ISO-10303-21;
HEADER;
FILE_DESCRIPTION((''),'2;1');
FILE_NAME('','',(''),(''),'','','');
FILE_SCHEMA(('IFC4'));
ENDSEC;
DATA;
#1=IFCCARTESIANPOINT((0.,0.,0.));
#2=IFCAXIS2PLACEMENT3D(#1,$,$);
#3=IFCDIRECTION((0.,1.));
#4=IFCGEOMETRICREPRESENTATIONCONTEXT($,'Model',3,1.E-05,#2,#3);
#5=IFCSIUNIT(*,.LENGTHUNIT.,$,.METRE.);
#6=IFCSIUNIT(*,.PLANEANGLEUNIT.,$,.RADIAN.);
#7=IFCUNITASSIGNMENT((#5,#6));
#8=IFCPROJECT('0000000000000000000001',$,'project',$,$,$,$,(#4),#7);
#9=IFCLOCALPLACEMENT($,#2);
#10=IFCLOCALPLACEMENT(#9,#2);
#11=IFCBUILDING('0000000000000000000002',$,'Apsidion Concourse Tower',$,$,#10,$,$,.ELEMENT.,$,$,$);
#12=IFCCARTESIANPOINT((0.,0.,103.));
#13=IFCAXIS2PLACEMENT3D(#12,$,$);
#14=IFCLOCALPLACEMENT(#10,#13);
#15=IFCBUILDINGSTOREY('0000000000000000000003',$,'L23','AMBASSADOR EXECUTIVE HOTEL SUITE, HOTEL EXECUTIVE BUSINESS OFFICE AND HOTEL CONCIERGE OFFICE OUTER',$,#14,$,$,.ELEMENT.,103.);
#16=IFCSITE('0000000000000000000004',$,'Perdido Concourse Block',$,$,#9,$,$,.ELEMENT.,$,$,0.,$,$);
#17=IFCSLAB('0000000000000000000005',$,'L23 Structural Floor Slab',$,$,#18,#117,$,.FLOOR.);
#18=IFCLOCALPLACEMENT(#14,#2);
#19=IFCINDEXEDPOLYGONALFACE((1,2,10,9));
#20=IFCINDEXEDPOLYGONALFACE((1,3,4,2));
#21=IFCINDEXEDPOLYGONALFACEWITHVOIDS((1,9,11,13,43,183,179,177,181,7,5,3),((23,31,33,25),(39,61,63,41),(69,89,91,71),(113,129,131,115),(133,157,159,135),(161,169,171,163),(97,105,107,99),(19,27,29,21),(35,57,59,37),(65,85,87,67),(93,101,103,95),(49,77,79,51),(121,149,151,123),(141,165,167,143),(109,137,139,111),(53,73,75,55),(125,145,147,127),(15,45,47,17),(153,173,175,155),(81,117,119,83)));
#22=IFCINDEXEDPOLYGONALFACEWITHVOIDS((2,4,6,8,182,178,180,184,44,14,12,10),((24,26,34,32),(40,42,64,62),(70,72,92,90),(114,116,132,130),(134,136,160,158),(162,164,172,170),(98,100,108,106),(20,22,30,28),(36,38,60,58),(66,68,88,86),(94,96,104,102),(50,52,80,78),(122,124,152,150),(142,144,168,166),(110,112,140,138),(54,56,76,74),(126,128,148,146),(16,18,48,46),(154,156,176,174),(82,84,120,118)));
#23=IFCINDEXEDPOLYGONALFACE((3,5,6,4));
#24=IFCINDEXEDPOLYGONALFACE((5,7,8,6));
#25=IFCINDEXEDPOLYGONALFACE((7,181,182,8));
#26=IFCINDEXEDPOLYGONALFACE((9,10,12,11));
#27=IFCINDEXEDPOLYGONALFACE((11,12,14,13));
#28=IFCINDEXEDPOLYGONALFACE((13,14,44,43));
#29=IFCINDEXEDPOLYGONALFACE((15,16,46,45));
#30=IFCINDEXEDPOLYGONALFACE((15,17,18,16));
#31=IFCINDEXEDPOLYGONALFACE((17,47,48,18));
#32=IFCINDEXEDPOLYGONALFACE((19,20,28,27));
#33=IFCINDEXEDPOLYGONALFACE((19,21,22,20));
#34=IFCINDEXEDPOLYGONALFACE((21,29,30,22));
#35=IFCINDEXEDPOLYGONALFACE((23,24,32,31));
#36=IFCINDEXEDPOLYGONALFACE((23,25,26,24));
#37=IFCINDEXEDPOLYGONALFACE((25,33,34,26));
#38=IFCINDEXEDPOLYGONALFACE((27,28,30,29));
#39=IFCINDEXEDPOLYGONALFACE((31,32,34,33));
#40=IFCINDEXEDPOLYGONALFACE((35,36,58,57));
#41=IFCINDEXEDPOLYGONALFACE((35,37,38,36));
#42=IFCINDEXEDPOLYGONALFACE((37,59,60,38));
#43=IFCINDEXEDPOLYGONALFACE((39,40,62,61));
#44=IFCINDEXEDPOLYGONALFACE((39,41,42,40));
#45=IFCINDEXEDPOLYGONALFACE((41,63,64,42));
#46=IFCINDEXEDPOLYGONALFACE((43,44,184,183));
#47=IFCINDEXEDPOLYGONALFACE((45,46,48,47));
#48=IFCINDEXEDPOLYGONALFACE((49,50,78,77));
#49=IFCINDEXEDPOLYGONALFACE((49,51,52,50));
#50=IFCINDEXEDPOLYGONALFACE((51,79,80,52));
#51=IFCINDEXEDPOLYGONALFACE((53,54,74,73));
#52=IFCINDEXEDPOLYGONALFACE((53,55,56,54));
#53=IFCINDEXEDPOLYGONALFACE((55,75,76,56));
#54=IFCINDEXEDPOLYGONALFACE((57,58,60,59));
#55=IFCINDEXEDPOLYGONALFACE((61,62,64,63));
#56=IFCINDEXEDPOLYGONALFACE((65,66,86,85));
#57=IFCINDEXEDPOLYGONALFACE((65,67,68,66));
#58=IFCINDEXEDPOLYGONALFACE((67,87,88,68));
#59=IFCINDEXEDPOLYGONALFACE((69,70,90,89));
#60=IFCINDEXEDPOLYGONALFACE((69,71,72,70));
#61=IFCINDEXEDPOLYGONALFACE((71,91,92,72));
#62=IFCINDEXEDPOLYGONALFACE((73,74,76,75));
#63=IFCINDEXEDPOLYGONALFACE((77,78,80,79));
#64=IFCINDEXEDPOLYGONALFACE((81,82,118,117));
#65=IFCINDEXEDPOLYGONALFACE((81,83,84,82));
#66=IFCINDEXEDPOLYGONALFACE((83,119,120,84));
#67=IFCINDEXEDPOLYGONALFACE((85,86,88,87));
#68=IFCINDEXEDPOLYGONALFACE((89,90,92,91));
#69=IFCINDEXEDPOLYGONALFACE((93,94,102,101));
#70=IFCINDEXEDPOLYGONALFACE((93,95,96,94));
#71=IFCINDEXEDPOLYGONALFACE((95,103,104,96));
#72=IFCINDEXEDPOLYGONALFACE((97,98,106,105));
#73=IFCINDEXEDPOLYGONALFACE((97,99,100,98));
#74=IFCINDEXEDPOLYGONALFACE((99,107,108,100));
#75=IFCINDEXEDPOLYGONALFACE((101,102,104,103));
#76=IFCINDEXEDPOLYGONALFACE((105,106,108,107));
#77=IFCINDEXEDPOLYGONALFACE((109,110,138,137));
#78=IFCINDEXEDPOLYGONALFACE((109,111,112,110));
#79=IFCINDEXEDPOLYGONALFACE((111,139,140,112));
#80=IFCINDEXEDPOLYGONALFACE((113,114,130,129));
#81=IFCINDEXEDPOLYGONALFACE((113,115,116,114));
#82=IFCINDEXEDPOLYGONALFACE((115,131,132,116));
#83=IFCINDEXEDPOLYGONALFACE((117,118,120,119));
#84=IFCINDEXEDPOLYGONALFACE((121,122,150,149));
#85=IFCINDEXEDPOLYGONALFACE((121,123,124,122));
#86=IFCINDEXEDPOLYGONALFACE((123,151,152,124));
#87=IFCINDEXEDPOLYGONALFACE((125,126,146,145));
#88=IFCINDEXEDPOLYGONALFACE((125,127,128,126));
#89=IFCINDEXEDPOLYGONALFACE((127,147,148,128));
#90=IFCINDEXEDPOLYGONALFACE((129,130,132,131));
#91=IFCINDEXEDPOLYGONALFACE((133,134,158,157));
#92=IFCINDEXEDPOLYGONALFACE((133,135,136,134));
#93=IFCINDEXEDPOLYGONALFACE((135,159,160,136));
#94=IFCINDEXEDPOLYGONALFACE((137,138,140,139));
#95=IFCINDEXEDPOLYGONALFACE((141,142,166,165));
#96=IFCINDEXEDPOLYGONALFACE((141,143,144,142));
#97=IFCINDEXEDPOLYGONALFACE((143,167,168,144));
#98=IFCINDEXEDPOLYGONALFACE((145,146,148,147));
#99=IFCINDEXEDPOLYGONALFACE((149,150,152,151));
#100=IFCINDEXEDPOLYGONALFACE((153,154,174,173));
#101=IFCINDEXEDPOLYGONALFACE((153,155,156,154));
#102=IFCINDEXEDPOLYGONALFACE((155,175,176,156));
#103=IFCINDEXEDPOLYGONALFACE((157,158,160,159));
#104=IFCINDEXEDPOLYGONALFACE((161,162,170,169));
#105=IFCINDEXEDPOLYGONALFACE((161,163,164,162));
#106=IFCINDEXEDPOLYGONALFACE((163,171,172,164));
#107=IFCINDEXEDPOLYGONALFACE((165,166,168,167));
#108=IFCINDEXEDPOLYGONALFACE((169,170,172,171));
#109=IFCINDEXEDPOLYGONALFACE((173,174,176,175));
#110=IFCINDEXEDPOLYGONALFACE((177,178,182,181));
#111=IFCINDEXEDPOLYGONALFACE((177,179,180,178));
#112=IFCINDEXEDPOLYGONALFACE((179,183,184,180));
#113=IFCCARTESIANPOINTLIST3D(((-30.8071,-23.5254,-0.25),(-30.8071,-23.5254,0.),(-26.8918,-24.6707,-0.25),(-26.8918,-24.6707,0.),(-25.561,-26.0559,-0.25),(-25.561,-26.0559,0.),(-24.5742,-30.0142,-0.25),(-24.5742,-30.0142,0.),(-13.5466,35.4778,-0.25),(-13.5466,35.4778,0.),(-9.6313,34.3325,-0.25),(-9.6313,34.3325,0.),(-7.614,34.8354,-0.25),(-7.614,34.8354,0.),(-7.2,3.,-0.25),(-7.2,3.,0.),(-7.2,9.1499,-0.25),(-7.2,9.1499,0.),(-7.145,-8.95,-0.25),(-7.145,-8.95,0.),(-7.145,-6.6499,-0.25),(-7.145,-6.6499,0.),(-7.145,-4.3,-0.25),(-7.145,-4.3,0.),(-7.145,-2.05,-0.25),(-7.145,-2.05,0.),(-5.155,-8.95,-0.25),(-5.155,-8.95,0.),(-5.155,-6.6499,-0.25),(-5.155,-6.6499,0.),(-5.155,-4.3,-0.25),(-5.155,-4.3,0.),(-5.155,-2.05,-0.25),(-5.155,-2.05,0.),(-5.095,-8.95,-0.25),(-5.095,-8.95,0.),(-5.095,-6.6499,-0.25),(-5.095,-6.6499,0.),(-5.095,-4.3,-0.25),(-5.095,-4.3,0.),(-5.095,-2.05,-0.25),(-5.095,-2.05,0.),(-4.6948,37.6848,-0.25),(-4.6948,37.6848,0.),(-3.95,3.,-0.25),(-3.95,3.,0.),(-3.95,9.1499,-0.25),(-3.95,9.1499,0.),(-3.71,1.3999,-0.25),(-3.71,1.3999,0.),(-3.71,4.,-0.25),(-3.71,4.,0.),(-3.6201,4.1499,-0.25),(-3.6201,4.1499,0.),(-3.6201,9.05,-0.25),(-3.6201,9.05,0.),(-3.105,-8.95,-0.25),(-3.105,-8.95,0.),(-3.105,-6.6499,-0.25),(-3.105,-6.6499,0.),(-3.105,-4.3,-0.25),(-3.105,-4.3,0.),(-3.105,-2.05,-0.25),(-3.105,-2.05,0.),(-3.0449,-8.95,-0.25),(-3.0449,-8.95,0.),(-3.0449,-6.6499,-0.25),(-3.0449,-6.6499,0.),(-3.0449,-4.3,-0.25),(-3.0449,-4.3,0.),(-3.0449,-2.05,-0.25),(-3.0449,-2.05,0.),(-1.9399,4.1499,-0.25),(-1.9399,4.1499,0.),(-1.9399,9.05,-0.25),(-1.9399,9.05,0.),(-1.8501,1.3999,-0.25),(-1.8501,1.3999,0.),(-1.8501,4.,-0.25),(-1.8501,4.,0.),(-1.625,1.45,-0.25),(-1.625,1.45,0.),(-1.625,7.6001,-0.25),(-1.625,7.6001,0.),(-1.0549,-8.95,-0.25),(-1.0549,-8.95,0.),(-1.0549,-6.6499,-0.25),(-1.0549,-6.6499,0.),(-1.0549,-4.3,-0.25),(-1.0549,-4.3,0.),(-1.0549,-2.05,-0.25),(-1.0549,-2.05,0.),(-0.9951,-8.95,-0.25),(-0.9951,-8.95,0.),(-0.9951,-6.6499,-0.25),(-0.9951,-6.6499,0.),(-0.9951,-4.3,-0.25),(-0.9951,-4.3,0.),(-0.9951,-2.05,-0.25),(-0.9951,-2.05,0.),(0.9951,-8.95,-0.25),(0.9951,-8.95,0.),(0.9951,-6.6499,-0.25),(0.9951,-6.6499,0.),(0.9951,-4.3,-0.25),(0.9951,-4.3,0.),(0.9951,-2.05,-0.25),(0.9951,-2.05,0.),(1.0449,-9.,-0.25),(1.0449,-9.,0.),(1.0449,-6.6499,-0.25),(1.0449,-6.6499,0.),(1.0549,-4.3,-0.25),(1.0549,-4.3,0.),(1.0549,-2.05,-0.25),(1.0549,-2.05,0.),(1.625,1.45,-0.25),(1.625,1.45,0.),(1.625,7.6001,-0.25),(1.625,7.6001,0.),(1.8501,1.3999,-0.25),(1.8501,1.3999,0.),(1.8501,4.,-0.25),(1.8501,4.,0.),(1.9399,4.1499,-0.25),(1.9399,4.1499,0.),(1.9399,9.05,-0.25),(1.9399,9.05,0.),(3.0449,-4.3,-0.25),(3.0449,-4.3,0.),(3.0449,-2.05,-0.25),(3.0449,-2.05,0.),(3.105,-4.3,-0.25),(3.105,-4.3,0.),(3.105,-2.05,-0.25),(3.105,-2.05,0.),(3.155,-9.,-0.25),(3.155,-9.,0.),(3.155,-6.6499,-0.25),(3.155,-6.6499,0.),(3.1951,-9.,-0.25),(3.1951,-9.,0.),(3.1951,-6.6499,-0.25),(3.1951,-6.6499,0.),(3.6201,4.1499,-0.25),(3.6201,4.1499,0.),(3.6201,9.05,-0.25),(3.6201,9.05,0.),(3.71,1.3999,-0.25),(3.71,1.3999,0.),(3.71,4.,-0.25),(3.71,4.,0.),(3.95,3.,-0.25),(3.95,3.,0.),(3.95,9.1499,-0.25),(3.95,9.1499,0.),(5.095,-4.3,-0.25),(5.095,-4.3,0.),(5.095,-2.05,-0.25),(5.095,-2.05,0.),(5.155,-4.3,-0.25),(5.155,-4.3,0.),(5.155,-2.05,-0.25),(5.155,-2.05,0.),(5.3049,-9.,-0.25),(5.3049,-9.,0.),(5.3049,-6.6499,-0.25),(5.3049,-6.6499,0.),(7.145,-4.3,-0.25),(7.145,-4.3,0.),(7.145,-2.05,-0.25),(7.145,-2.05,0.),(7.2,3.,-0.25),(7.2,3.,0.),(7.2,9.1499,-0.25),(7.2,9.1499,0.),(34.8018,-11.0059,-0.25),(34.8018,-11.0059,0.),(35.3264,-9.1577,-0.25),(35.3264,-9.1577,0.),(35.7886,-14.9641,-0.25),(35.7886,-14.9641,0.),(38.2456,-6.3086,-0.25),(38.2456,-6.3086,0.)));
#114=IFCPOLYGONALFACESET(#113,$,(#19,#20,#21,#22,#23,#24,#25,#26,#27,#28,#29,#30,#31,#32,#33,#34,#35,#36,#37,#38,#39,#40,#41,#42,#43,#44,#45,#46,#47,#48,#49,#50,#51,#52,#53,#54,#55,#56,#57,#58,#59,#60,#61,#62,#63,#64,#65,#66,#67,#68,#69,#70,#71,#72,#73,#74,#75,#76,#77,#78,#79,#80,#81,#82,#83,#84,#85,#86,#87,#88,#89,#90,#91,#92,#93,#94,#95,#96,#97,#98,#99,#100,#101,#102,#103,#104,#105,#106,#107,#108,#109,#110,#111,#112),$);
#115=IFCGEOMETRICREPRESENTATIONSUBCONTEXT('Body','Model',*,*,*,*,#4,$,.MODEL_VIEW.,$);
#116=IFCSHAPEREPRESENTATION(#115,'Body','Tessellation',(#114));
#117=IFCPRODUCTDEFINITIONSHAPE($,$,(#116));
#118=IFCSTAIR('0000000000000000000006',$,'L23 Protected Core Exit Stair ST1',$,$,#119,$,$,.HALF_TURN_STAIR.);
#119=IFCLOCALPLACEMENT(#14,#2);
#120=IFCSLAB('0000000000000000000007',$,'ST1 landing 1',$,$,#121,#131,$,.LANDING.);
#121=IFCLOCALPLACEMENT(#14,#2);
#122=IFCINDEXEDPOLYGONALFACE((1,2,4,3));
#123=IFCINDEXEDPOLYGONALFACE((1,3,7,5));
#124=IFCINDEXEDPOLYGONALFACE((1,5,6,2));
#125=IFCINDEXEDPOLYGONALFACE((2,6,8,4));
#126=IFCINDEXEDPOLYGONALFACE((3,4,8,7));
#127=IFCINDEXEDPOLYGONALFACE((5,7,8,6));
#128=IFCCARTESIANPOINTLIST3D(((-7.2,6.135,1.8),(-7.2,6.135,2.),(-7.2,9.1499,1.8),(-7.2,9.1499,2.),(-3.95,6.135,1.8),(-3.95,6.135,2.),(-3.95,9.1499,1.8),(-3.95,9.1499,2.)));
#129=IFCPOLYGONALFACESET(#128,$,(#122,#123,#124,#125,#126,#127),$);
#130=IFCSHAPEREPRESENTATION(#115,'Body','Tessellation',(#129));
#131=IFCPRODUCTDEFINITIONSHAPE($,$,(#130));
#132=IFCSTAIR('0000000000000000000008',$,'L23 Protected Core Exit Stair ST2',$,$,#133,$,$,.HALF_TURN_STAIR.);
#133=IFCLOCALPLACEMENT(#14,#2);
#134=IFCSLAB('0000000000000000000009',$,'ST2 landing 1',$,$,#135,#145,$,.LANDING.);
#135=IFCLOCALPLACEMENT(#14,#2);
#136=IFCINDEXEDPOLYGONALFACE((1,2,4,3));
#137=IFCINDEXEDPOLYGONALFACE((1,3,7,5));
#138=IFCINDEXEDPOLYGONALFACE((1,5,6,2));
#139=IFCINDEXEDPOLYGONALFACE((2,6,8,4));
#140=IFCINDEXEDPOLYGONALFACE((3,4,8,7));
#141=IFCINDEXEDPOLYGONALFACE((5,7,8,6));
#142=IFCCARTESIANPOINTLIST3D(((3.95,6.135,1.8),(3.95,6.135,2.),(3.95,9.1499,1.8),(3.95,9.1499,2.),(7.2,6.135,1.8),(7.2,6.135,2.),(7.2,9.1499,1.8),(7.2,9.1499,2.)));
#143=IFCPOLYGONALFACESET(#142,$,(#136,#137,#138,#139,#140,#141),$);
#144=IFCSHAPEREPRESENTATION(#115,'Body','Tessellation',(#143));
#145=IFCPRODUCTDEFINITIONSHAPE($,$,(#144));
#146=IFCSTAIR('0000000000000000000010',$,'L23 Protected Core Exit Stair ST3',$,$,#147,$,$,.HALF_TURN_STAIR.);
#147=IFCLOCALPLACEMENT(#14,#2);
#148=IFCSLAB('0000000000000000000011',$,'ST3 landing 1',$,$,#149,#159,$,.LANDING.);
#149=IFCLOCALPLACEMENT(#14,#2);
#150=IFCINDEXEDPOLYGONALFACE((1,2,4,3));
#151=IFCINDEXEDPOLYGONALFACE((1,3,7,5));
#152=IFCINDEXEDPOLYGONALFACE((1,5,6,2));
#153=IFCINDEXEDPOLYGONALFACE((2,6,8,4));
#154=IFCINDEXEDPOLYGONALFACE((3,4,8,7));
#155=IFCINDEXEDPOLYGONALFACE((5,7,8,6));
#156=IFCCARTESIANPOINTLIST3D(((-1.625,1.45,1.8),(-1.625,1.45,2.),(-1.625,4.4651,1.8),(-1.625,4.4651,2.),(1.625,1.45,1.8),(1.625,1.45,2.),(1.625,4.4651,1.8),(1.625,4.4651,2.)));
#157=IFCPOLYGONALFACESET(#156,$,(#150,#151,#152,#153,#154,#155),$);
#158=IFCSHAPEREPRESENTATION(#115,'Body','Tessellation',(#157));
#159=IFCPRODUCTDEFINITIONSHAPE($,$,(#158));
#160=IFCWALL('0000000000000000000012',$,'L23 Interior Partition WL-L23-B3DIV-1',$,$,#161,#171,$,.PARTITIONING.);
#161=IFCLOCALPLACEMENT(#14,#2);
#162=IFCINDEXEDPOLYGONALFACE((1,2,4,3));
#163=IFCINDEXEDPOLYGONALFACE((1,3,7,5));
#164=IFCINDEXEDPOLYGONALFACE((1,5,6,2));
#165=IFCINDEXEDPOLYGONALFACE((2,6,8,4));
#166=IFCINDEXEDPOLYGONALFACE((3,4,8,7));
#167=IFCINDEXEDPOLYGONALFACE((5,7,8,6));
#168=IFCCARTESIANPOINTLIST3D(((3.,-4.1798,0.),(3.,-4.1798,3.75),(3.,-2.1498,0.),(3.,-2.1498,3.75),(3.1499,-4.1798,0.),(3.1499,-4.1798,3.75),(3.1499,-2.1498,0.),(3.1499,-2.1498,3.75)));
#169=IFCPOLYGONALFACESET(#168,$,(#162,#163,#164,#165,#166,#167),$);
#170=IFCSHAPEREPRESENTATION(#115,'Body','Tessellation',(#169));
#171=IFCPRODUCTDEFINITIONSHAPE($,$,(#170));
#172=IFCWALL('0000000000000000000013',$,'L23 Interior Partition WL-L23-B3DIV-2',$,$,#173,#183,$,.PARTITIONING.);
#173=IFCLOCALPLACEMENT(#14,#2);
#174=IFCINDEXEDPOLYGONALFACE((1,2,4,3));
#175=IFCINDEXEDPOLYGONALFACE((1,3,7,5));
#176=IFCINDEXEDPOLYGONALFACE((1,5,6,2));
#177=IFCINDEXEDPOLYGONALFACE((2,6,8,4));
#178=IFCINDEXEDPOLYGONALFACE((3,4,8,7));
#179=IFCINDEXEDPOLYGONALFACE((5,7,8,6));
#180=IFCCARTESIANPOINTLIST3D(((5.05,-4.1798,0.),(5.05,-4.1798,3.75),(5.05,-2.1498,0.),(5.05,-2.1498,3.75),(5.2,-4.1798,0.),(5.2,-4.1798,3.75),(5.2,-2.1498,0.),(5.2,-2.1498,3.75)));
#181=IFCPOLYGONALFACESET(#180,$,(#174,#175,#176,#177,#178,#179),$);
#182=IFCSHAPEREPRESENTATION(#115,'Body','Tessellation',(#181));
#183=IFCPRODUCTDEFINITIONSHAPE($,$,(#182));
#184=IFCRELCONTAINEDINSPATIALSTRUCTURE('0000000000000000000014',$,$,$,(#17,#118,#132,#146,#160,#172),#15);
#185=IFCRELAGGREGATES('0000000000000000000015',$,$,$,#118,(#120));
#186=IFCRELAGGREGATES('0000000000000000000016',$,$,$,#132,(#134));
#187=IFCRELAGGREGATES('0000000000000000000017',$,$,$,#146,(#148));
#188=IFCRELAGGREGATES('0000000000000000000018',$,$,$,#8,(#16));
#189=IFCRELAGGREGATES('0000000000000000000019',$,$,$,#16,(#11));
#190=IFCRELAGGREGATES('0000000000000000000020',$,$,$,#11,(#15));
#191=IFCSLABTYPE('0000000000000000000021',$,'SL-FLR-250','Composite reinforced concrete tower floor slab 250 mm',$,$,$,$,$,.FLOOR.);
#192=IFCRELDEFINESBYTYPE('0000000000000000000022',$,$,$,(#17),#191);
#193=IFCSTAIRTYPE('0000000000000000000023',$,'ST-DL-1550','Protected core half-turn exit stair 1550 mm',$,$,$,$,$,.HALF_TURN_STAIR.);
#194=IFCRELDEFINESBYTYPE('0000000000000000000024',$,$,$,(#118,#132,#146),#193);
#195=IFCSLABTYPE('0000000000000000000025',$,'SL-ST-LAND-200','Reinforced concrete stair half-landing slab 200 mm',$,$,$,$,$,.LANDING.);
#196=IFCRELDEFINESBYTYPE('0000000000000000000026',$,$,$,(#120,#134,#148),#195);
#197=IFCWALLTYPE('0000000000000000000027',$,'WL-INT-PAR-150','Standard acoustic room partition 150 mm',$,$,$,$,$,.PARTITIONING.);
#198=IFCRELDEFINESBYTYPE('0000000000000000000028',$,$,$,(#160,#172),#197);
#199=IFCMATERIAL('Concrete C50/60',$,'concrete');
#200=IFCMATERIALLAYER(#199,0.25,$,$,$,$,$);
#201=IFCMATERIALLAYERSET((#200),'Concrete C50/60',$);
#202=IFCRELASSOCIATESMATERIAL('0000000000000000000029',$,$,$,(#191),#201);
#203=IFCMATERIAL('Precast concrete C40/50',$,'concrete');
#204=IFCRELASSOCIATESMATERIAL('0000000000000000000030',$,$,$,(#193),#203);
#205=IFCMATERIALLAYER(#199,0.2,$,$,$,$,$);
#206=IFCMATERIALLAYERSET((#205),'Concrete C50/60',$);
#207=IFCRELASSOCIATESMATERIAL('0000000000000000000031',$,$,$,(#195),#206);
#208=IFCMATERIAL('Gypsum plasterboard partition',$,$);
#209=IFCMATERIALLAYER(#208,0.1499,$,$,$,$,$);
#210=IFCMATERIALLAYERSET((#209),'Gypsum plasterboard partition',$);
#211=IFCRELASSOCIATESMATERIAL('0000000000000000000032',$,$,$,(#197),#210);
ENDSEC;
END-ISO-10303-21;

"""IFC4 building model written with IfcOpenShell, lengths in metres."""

from ifc_helpers import new_model, si_unit, direction, frame, frame_2d, origin, place, context, subcontext, project, spatial, polyline, rectangle, outline, extrude, material, layer, layer_set, type_object, element, aggregate, save


model = new_model("IFC4")

# Units and contexts
model_context = context("Model", 3, precision=1e-05, world=origin(), true_north=direction((0.0, 1.0)))
body_context = subcontext(model_context, "Body", "Model", "MODEL_VIEW")
ifc_project = project(units=[si_unit("LENGTHUNIT", "METRE"), si_unit("PLANEANGLEUNIT", "RADIAN")], contexts=[model_context])

# Site, building, storey
site_placement = place(None, origin())
site = spatial("IfcSite", under=ifc_project, at=site_placement, Name="Perdido Concourse Block", CompositionType="ELEMENT", RefElevation=0.0)
building_placement = place(site_placement, origin())
building = spatial("IfcBuilding", under=site, at=building_placement, Name="Apsidion Concourse Tower", CompositionType="ELEMENT")
storey_placement = place(building_placement, frame((0.0, 0.0, 103.0)))
storey = spatial("IfcBuildingStorey", under=building, at=storey_placement, Name="L23", Description="AMBASSADOR EXECUTIVE HOTEL SUITE, HOTEL EXECUTIVE BUSINESS OFFICE AND HOTEL CONCIERGE OFFICE OUTER", CompositionType="ELEMENT", Elevation=103.0)

# Shared definitions
ifc_material_1 = material(Name="Concrete C50/60", Category="concrete")

# Slab
ifc_layer_1 = layer(ifc_material_1, 0.25)
ifc_layer_set_1 = layer_set([ifc_layer_1], Name="Concrete C50/60")
slab_type_1 = type_object("IfcSlabType", Name="SL-FLR-250", Description="Composite reinforced concrete tower floor slab 250 mm", PredefinedType="FLOOR", material=ifc_layer_set_1)
slab_1_placement = place(storey_placement, frame((0.0, 0.0, -0.25)))
element("IfcSlab", 1, at=slab_1_placement, inside=storey, type_object=slab_type_1, Name="L23 Structural Floor Slab", PredefinedType="FLOOR", context=body_context, shape_type="SweptSolid", body=[
    extrude(outline(polyline([(-4.6948, 37.6848), (-7.614, 34.8354), (-9.6313, 34.3325), (-13.5466, 35.4778), (-30.8071, -23.5254), (-26.8918, -24.6707), (-25.561, -26.0559), (-24.5742, -30.0142), (35.7886, -14.9641), (34.8018, -11.0059), (35.3264, -9.1577), (38.2456, -6.3086), (-4.6948, 37.6848)]), holes=[polyline([(-3.95, 3.0), (-3.95, 9.1499), (-7.2, 9.1499), (-7.2, 3.0), (-3.95, 3.0)]), polyline([(7.2, 3.0), (7.2, 9.1499), (3.95, 9.1499), (3.95, 3.0), (7.2, 3.0)]), polyline([(-1.625, 7.6001), (-1.625, 1.45), (1.625, 1.45), (1.625, 7.6001), (-1.625, 7.6001)]), polyline([(-7.145, -4.3), (-5.155, -4.3), (-5.155, -2.05), (-7.145, -2.05), (-7.145, -4.3)]), polyline([(-5.095, -4.3), (-3.105, -4.3), (-3.105, -2.05), (-5.095, -2.05), (-5.095, -4.3)]), polyline([(-3.0449, -4.3), (-1.0549, -4.3), (-1.0549, -2.05), (-3.0449, -2.05), (-3.0449, -4.3)]), polyline([(-0.9951, -4.3), (0.9951, -4.3), (0.9951, -2.05), (-0.9951, -2.05), (-0.9951, -4.3)]), polyline([(1.0549, -4.3), (3.0449, -4.3), (3.0449, -2.05), (1.0549, -2.05), (1.0549, -4.3)]), polyline([(3.105, -4.3), (5.095, -4.3), (5.095, -2.05), (3.105, -2.05), (3.105, -4.3)]), polyline([(5.155, -4.3), (7.145, -4.3), (7.145, -2.05), (5.155, -2.05), (5.155, -4.3)]), polyline([(-7.145, -8.95), (-5.155, -8.95), (-5.155, -6.6499), (-7.145, -6.6499), (-7.145, -8.95)]), polyline([(-5.095, -8.95), (-3.105, -8.95), (-3.105, -6.6499), (-5.095, -6.6499), (-5.095, -8.95)]), polyline([(-3.0449, -8.95), (-1.0549, -8.95), (-1.0549, -6.6499), (-3.0449, -6.6499), (-3.0449, -8.95)]), polyline([(-0.9951, -8.95), (0.9951, -8.95), (0.9951, -6.6499), (-0.9951, -6.6499), (-0.9951, -8.95)]), polyline([(1.0449, -9.0), (3.155, -9.0), (3.155, -6.6499), (1.0449, -6.6499), (1.0449, -9.0)]), polyline([(3.1951, -9.0), (5.3049, -9.0), (5.3049, -6.6499), (3.1951, -6.6499), (3.1951, -9.0)]), polyline([(-3.71, 1.3999), (-1.8501, 1.3999), (-1.8501, 4.0), (-3.71, 4.0), (-3.71, 1.3999)]), polyline([(1.8501, 1.3999), (3.71, 1.3999), (3.71, 4.0), (1.8501, 4.0), (1.8501, 1.3999)]), polyline([(-3.6201, 4.1499), (-1.9399, 4.1499), (-1.9399, 9.05), (-3.6201, 9.05), (-3.6201, 4.1499)]), polyline([(1.9399, 4.1499), (3.6201, 4.1499), (3.6201, 9.05), (1.9399, 9.05), (1.9399, 4.1499)])]), origin(), (0.0, 0.0, 1.0), 0.25),
])

# Stairs, slabs
ifc_material_2 = material(Name="Precast concrete C40/50", Category="concrete")
stair_type = type_object("IfcStairType", Name="ST-DL-1550", Description="Protected core half-turn exit stair 1550 mm", PredefinedType="HALF_TURN_STAIR", material=ifc_material_2)
stair_1_placement = place(storey_placement, origin())
stair_1 = element("IfcStair", 2, at=stair_1_placement, inside=storey, type_object=stair_type, Name="L23 Protected Core Exit Stair ST1", PredefinedType="HALF_TURN_STAIR")
ifc_layer_2 = layer(ifc_material_1, 0.2)
ifc_layer_set_2 = layer_set([ifc_layer_2], Name="Concrete C50/60")
slab_type_2 = type_object("IfcSlabType", Name="SL-ST-LAND-200", Description="Reinforced concrete stair half-landing slab 200 mm", PredefinedType="LANDING", material=ifc_layer_set_2)
slab_2_placement = place(storey_placement, frame((0.0, 0.0, 1.8)))
slab_2 = element("IfcSlab", 3, at=slab_2_placement, type_object=slab_type_2, Name="ST1 landing 1", PredefinedType="LANDING", context=body_context, shape_type="SweptSolid", body=[
    extrude(outline(polyline([(-3.95, 6.135), (-3.95, 9.1499), (-7.2, 9.1499), (-7.2, 6.135), (-3.95, 6.135)])), origin(), (0.0, 0.0, 1.0), 0.2),
])
aggregate(stair_1, [slab_2])
stair_2_placement = place(storey_placement, origin())
stair_2 = element("IfcStair", 4, at=stair_2_placement, inside=storey, type_object=stair_type, Name="L23 Protected Core Exit Stair ST2", PredefinedType="HALF_TURN_STAIR")
slab_3_placement = place(storey_placement, frame((0.0, 0.0, 1.8)))
slab_3 = element("IfcSlab", 5, at=slab_3_placement, type_object=slab_type_2, Name="ST2 landing 1", PredefinedType="LANDING", context=body_context, shape_type="SweptSolid", body=[
    extrude(outline(polyline([(7.2, 6.135), (7.2, 9.1499), (3.95, 9.1499), (3.95, 6.135), (7.2, 6.135)])), origin(), (0.0, 0.0, 1.0), 0.2),
])
aggregate(stair_2, [slab_3])
stair_3_placement = place(storey_placement, origin())
stair_3 = element("IfcStair", 6, at=stair_3_placement, inside=storey, type_object=stair_type, Name="L23 Protected Core Exit Stair ST3", PredefinedType="HALF_TURN_STAIR")
slab_4_placement = place(storey_placement, frame((0.0, 0.0, 1.8)))
slab_4 = element("IfcSlab", 7, at=slab_4_placement, type_object=slab_type_2, Name="ST3 landing 1", PredefinedType="LANDING", context=body_context, shape_type="SweptSolid", body=[
    extrude(outline(polyline([(-1.625, 4.4651), (-1.625, 1.45), (1.625, 1.45), (1.625, 4.4651), (-1.625, 4.4651)])), origin(), (0.0, 0.0, 1.0), 0.2),
])
aggregate(stair_3, [slab_4])

# Walls
ifc_material_3 = material(Name="Gypsum plasterboard partition")
ifc_layer_3 = layer(ifc_material_3, 0.1499)
ifc_layer_set_3 = layer_set([ifc_layer_3], Name="Gypsum plasterboard partition")
wall_type_1 = type_object("IfcWallType", Name="WL-INT-PAR-150", Description="Standard acoustic room partition 150 mm", PredefinedType="PARTITIONING", material=ifc_layer_set_3)
for number, where, z_axis, x_axis, name in (
    (8, (3.075, -4.1799, 0.0), (0.0, 0.0, 1.0), (0.0, 1.0, 0.0), "L23 Interior Partition WL-L23-B3DIV-1"),
    (9, (5.125, -4.1799, 0.0), (0.0, 0.0, 1.0), (0.0, 1.0, 0.0), "L23 Interior Partition WL-L23-B3DIV-2"),
):
    element("IfcWall", number, at=place(storey_placement, frame(where, z_axis=z_axis, x_axis=x_axis)), inside=storey, type_object=wall_type_1, Name=name, PredefinedType="PARTITIONING", context=body_context, shape_type="SweptSolid", body=[
        extrude(rectangle(XDim=2.03, YDim=0.1499, at=frame_2d((1.0151, 0.0))), origin(), (0.0, 0.0, 1.0), 3.75),
    ])

save(model, "model.ifc")
